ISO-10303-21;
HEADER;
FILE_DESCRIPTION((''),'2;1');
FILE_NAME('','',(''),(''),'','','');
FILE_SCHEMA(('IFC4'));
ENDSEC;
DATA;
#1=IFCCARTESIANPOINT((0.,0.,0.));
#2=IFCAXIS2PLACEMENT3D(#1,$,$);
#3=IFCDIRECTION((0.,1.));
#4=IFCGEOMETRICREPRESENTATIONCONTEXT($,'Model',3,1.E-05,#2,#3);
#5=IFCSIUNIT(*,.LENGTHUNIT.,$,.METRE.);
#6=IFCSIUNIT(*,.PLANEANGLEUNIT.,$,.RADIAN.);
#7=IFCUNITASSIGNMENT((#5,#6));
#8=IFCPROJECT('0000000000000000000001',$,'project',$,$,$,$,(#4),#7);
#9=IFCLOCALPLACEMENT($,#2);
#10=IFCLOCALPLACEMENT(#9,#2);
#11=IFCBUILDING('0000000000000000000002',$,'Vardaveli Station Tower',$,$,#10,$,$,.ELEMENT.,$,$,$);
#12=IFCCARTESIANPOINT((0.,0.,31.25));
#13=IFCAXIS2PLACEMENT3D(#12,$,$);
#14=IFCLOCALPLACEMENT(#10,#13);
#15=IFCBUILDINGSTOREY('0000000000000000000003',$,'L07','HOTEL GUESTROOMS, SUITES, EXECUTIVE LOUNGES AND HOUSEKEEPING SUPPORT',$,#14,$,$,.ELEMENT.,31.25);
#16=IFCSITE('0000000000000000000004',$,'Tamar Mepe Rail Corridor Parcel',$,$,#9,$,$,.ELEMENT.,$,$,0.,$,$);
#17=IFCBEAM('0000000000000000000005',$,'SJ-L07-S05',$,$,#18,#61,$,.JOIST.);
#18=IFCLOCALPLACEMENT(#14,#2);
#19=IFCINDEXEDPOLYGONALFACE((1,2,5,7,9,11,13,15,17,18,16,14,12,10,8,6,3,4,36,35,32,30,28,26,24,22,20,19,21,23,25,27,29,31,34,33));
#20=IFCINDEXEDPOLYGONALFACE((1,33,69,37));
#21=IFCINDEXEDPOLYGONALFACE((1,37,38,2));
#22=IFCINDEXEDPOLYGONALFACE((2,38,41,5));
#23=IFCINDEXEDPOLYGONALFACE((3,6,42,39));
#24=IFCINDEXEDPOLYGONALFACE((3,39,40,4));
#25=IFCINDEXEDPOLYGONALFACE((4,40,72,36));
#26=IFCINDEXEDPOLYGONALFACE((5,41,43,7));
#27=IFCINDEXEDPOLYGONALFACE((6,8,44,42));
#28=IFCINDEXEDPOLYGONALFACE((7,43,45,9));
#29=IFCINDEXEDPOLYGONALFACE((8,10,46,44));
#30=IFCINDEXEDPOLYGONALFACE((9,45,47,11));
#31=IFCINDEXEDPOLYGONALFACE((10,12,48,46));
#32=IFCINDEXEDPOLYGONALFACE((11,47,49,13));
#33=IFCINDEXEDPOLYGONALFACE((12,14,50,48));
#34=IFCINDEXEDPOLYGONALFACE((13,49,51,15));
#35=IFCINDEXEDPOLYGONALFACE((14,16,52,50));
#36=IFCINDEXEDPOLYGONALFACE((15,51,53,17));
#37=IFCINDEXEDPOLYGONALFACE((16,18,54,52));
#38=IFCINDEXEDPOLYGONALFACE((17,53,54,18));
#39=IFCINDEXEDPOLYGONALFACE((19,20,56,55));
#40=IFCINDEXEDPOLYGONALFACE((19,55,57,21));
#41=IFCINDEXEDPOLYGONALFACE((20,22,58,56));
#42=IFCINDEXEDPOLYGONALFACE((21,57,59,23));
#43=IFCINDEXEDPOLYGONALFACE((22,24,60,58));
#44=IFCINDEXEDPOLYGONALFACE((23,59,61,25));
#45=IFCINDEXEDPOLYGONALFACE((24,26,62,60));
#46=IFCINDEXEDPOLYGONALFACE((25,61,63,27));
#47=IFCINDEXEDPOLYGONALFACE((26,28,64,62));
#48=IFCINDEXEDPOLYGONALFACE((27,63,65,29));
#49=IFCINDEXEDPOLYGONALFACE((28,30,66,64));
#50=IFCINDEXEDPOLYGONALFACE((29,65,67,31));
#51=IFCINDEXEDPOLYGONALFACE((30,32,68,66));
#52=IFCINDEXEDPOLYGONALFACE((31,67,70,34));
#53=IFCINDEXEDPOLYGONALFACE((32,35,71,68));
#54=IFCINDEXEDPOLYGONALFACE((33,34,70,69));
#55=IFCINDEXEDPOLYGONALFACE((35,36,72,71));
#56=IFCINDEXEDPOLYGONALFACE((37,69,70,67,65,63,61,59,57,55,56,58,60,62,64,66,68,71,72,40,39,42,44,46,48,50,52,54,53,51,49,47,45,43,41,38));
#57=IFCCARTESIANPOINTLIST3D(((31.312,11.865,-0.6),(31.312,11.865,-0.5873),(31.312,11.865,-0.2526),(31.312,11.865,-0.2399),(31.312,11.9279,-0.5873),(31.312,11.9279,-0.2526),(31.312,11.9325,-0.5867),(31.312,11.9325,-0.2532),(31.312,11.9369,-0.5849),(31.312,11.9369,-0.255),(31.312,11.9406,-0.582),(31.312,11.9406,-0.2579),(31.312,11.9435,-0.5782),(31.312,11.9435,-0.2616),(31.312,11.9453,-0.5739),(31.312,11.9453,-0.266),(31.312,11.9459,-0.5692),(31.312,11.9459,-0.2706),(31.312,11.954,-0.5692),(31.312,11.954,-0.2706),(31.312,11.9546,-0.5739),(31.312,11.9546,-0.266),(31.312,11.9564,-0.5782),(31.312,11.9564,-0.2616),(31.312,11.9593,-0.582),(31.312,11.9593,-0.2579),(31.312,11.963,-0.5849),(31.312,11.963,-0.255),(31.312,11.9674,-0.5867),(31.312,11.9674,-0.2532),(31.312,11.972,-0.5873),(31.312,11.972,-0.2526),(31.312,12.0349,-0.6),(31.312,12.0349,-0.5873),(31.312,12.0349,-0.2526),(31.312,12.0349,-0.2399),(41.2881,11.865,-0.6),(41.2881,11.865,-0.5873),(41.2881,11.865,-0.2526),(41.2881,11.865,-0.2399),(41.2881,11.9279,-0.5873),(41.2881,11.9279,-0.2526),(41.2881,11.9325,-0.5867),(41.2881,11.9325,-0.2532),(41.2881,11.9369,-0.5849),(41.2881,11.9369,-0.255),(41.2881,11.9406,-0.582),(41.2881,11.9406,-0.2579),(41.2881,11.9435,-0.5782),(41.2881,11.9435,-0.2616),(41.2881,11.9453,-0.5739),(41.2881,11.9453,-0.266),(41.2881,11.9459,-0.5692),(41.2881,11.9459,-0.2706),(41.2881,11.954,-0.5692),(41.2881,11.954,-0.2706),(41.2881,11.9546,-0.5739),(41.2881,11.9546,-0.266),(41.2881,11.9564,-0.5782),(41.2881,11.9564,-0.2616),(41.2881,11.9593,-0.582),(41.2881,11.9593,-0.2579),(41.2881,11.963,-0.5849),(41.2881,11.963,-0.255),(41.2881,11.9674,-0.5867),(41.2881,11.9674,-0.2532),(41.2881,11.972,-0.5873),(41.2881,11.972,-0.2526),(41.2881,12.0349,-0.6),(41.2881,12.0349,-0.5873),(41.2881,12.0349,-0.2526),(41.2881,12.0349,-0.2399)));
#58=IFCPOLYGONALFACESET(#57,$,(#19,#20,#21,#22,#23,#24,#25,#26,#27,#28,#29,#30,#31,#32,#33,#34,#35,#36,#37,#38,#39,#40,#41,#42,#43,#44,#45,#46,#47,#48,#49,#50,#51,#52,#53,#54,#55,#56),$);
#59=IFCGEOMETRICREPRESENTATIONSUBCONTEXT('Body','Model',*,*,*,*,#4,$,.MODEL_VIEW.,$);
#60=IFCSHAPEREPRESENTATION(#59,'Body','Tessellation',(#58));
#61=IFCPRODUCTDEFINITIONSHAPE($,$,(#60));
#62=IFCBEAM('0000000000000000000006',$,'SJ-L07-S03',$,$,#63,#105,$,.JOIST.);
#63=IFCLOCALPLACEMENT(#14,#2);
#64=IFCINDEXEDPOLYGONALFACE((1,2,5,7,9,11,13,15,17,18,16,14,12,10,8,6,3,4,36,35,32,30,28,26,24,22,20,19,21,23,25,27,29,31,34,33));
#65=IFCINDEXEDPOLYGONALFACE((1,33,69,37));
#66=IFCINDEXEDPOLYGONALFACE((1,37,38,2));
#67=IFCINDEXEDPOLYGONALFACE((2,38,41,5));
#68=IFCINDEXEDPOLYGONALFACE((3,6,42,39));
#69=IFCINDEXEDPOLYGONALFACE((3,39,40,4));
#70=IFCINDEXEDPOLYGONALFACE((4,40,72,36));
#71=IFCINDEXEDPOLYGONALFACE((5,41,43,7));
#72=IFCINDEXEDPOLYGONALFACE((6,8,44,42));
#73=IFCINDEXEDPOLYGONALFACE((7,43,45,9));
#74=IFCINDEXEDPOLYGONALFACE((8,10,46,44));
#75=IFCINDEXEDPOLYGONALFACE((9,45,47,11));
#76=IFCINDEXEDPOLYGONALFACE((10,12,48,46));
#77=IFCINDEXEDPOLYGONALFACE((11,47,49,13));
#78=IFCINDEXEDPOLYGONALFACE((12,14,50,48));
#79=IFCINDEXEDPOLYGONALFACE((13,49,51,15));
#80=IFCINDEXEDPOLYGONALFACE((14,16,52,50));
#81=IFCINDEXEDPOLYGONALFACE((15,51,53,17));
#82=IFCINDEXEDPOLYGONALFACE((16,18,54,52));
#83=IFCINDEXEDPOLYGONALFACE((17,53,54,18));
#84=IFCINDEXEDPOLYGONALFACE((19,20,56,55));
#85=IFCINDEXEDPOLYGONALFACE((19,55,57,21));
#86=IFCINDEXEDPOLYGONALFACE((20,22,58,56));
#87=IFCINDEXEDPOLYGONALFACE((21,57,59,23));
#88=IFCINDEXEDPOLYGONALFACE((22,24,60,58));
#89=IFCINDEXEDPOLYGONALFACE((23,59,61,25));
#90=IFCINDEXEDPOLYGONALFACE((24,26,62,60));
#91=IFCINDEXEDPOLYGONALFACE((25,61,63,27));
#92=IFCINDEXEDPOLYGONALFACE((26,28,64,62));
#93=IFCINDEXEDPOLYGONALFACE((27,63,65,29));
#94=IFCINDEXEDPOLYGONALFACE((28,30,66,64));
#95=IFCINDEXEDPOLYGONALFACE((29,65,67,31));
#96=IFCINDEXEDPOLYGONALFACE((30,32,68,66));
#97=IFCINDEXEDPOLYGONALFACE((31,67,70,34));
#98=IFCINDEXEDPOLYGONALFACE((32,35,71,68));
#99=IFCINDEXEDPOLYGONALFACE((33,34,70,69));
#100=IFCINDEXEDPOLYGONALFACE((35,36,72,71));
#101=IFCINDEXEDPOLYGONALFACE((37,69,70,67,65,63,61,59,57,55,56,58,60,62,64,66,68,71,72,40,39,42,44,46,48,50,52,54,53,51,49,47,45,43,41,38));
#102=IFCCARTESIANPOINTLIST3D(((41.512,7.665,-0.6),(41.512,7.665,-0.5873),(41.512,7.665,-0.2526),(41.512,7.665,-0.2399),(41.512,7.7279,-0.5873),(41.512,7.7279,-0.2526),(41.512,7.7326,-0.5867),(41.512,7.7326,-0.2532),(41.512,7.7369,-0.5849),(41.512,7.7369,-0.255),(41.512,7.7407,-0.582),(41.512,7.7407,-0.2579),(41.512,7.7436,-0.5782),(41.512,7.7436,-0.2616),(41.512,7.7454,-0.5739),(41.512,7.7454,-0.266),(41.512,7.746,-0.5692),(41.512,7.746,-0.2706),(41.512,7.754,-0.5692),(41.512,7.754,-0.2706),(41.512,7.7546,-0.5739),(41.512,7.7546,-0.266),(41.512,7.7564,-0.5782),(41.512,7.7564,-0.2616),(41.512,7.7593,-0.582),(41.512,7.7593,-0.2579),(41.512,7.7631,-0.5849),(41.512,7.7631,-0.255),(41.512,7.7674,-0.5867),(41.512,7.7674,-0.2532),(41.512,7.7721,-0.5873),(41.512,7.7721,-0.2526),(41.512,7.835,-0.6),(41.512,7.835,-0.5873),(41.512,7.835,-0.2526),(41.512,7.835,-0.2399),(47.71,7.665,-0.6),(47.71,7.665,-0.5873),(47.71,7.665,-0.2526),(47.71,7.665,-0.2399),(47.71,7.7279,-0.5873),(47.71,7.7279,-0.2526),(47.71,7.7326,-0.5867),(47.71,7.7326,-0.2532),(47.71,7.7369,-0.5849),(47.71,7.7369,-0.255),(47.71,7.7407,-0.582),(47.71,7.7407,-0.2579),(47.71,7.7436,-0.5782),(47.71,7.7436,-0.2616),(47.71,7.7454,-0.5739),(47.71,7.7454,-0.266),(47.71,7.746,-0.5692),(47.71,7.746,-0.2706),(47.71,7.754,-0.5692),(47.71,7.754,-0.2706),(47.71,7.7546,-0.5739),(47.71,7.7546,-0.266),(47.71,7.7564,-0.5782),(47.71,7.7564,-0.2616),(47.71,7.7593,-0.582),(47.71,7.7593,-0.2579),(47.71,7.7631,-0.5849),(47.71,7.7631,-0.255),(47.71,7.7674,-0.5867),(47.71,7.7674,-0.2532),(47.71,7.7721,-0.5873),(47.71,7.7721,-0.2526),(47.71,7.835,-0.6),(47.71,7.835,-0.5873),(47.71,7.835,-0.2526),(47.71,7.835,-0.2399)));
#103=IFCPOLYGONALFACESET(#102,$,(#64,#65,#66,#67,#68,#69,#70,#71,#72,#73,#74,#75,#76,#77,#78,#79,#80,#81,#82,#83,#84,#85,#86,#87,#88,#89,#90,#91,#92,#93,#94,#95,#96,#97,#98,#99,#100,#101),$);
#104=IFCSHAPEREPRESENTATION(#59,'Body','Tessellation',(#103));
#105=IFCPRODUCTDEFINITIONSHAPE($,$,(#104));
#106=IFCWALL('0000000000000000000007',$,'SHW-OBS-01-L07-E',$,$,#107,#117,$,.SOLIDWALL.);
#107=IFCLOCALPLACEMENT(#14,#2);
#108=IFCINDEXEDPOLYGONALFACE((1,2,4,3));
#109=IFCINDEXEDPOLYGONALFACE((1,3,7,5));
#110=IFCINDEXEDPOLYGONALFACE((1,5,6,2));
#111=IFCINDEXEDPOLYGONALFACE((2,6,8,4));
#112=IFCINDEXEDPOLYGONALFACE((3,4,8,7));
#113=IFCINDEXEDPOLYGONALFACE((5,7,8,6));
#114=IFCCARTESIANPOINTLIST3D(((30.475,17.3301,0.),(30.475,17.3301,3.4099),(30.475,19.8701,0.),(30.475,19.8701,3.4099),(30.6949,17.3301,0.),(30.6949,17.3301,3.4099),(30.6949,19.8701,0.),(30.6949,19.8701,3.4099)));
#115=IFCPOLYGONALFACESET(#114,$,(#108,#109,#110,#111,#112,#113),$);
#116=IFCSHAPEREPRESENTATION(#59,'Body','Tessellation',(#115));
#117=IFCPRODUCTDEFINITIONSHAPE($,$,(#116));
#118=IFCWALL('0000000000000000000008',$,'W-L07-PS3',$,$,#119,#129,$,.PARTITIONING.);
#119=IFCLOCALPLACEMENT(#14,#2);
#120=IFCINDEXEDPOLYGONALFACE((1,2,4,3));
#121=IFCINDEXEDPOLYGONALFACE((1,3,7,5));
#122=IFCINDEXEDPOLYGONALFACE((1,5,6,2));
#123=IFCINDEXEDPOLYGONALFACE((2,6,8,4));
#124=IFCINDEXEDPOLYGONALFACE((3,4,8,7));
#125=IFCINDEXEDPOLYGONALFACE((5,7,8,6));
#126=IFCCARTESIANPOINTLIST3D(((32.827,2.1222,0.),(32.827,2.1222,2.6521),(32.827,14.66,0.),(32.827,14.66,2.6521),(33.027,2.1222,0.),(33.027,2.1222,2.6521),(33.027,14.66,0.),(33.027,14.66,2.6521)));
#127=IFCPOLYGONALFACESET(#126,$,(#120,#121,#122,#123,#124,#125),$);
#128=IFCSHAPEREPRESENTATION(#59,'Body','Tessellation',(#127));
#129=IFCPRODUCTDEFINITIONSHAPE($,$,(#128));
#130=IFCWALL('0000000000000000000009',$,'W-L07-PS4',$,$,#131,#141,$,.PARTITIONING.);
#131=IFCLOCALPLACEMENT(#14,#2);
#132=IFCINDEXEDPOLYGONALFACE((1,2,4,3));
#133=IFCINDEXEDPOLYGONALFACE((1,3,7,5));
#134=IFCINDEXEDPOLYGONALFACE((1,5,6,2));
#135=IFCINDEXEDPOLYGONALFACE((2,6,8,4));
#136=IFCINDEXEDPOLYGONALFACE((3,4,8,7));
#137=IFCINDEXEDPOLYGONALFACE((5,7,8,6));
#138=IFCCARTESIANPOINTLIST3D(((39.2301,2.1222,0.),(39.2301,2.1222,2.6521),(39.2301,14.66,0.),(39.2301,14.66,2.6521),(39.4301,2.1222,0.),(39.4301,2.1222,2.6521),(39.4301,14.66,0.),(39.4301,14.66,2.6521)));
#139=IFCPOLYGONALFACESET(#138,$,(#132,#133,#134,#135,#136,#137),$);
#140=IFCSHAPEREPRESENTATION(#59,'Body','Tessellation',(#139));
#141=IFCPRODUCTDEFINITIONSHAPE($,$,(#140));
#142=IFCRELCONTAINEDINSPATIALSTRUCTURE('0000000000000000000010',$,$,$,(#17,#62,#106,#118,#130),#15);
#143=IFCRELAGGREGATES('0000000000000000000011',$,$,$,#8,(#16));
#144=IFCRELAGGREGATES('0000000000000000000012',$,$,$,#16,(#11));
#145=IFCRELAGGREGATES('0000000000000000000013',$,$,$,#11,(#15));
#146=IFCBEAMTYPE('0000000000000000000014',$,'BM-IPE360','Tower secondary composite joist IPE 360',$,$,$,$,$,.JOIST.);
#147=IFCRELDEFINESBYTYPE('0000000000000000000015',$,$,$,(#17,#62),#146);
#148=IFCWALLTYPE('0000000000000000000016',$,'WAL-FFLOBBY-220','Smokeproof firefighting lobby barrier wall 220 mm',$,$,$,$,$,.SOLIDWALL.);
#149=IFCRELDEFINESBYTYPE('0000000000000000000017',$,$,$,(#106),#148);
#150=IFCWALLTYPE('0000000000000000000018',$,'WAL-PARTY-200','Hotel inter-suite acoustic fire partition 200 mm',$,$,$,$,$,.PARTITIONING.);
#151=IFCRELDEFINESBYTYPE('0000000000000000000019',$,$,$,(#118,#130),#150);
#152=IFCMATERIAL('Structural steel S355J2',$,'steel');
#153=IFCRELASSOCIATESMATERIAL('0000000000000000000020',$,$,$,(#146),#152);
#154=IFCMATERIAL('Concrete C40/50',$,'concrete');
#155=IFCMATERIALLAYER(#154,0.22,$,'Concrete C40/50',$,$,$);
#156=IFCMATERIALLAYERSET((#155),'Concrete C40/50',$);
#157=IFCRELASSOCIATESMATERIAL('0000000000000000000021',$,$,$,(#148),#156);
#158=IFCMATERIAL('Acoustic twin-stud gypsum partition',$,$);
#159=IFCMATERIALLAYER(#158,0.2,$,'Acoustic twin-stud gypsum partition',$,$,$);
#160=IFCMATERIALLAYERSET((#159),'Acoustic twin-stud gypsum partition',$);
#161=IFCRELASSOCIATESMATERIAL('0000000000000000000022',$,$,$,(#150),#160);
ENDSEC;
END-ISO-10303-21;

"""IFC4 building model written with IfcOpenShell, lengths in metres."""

from ifc_helpers import new_model, si_unit, direction, frame, frame_2d, origin, origin_2d, place, context, subcontext, project, spatial, rectangle, i_section, extrude, source, transform, mapped, material, layer, layer_set, material_profile, profile_set, type_object, element, save


model = new_model("IFC4")

# Units and contexts
model_context = context("Model", 3, precision=1e-05, world=origin(), true_north=direction((0.0, 1.0)))
body_context = subcontext(model_context, "Body", "Model", "MODEL_VIEW")
ifc_project = project(units=[si_unit("LENGTHUNIT", "METRE"), si_unit("PLANEANGLEUNIT", "RADIAN")], contexts=[model_context])

# Site, building, storey
site_placement = place(None, origin())
site = spatial("IfcSite", under=ifc_project, at=site_placement, Name="Tamar Mepe Rail Corridor Parcel", CompositionType="ELEMENT", RefElevation=0.0)
building_placement = place(site_placement, origin())
building = spatial("IfcBuilding", under=site, at=building_placement, Name="Vardaveli Station Tower", CompositionType="ELEMENT")
storey_placement = place(building_placement, frame((0.0, 0.0, 31.25)))
storey = spatial("IfcBuildingStorey", under=building, at=storey_placement, Name="L07", Description="HOTEL GUESTROOMS, SUITES, EXECUTIVE LOUNGES AND HOUSEKEEPING SUPPORT", CompositionType="ELEMENT", Elevation=31.25)

# Beams
ifc_material_1 = material(Name="Structural steel S355J2", Category="steel")
ifc_material_profile_1 = material_profile(ifc_material_1, i_section(OverallWidth=0.1699, OverallDepth=0.3601, WebThickness=0.0081, FlangeThickness=0.0127, FilletRadius=0.0181, at=origin_2d()), Name="IPE 360")
ifc_profile_set_1 = profile_set([ifc_material_profile_1], Name="Structural steel S355J2")
beam_type_1 = type_object("IfcBeamType", Name="BM-IPE360", Description="Tower secondary composite joist IPE 360", PredefinedType="JOIST", material=ifc_profile_set_1)
shared_shape_1 = source(origin(), body_context, "Body", "SweptSolid", [
    extrude(i_section(OverallWidth=0.1699, OverallDepth=0.3601, WebThickness=0.0081, FlangeThickness=0.0127, FilletRadius=0.0181, at=origin_2d()), origin(), (0.0, 0.0, 1.0), 9.9761),
])
for number, where, z_axis, x_axis, name in (
    (1, (31.312, 11.95, -0.4199), (1.0, 0.0, 0.0), (0.0, 1.0, 0.0), "SJ-L07-S05"),
):
    element("IfcBeam", number, at=place(storey_placement, frame(where, z_axis=z_axis, x_axis=x_axis)), inside=storey, type_object=beam_type_1, Name=name, PredefinedType="JOIST", context=body_context, shape_type="MappedRepresentation", body=[
        mapped(shared_shape_1, transform((0.0, 0.0, 0.0), scale=1.0)),
    ])
shared_shape_2 = source(origin(), body_context, "Body", "SweptSolid", [
    extrude(i_section(OverallWidth=0.1699, OverallDepth=0.3601, WebThickness=0.0081, FlangeThickness=0.0127, FilletRadius=0.0181, at=origin_2d()), origin(), (0.0, 0.0, 1.0), 6.198),
])
beam_1_placement = place(storey_placement, frame((41.512, 7.75, -0.4199), z_axis=(1.0, 0.0, 0.0), x_axis=(0.0, 1.0, 0.0)))
element("IfcBeam", 2, at=beam_1_placement, inside=storey, type_object=beam_type_1, Name="SJ-L07-S03", PredefinedType="JOIST", context=body_context, shape_type="MappedRepresentation", body=[
    mapped(shared_shape_2, transform((0.0, 0.0, 0.0), scale=1.0)),
])

# Walls
ifc_material_2 = material(Name="Concrete C40/50", Category="concrete")
ifc_layer_1 = layer(ifc_material_2, 0.22, Name="Concrete C40/50")
ifc_layer_set_1 = layer_set([ifc_layer_1], Name="Concrete C40/50")
wall_type_1 = type_object("IfcWallType", Name="WAL-FFLOBBY-220", Description="Smokeproof firefighting lobby barrier wall 220 mm", PredefinedType="SOLIDWALL", material=ifc_layer_set_1)
shared_shape_3 = source(origin(), body_context, "Body", "SweptSolid", [
    extrude(rectangle(XDim=2.54, YDim=0.22, at=frame_2d((1.27, 0.0))), origin(), (0.0, 0.0, 1.0), 3.4099),
])
wall_placement = place(storey_placement, frame((30.585, 17.3301, 0.0), z_axis=(0.0, 0.0, 1.0), x_axis=(0.0, 1.0, 0.0)))
element("IfcWall", 3, at=wall_placement, inside=storey, type_object=wall_type_1, Name="SHW-OBS-01-L07-E", PredefinedType="SOLIDWALL", context=body_context, shape_type="MappedRepresentation", body=[
    mapped(shared_shape_3, transform((0.0, 0.0, 0.0), scale=1.0)),
])
ifc_material_3 = material(Name="Acoustic twin-stud gypsum partition")
ifc_layer_2 = layer(ifc_material_3, 0.2, Name="Acoustic twin-stud gypsum partition")
ifc_layer_set_2 = layer_set([ifc_layer_2], Name="Acoustic twin-stud gypsum partition")
wall_type_2 = type_object("IfcWallType", Name="WAL-PARTY-200", Description="Hotel inter-suite acoustic fire partition 200 mm", PredefinedType="PARTITIONING", material=ifc_layer_set_2)
shared_shape_4 = source(origin(), body_context, "Body", "SweptSolid", [
    extrude(rectangle(XDim=12.5378, YDim=0.2, at=frame_2d((6.269, 0.0))), origin(), (0.0, 0.0, 1.0), 2.6521),
])
for number, where, z_axis, x_axis, name in (
    (4, (32.927, 2.1221, 0.0), (0.0, 0.0, 1.0), (0.0, 1.0, 0.0), "W-L07-PS3"),
    (5, (39.3301, 2.1221, 0.0), (0.0, 0.0, 1.0), (0.0, 1.0, 0.0), "W-L07-PS4"),
):
    element("IfcWall", number, at=place(storey_placement, frame(where, z_axis=z_axis, x_axis=x_axis)), inside=storey, type_object=wall_type_2, Name=name, PredefinedType="PARTITIONING", context=body_context, shape_type="MappedRepresentation", body=[
        mapped(shared_shape_4, transform((0.0, 0.0, 0.0), scale=1.0)),
    ])

save(model, "model.ifc")
